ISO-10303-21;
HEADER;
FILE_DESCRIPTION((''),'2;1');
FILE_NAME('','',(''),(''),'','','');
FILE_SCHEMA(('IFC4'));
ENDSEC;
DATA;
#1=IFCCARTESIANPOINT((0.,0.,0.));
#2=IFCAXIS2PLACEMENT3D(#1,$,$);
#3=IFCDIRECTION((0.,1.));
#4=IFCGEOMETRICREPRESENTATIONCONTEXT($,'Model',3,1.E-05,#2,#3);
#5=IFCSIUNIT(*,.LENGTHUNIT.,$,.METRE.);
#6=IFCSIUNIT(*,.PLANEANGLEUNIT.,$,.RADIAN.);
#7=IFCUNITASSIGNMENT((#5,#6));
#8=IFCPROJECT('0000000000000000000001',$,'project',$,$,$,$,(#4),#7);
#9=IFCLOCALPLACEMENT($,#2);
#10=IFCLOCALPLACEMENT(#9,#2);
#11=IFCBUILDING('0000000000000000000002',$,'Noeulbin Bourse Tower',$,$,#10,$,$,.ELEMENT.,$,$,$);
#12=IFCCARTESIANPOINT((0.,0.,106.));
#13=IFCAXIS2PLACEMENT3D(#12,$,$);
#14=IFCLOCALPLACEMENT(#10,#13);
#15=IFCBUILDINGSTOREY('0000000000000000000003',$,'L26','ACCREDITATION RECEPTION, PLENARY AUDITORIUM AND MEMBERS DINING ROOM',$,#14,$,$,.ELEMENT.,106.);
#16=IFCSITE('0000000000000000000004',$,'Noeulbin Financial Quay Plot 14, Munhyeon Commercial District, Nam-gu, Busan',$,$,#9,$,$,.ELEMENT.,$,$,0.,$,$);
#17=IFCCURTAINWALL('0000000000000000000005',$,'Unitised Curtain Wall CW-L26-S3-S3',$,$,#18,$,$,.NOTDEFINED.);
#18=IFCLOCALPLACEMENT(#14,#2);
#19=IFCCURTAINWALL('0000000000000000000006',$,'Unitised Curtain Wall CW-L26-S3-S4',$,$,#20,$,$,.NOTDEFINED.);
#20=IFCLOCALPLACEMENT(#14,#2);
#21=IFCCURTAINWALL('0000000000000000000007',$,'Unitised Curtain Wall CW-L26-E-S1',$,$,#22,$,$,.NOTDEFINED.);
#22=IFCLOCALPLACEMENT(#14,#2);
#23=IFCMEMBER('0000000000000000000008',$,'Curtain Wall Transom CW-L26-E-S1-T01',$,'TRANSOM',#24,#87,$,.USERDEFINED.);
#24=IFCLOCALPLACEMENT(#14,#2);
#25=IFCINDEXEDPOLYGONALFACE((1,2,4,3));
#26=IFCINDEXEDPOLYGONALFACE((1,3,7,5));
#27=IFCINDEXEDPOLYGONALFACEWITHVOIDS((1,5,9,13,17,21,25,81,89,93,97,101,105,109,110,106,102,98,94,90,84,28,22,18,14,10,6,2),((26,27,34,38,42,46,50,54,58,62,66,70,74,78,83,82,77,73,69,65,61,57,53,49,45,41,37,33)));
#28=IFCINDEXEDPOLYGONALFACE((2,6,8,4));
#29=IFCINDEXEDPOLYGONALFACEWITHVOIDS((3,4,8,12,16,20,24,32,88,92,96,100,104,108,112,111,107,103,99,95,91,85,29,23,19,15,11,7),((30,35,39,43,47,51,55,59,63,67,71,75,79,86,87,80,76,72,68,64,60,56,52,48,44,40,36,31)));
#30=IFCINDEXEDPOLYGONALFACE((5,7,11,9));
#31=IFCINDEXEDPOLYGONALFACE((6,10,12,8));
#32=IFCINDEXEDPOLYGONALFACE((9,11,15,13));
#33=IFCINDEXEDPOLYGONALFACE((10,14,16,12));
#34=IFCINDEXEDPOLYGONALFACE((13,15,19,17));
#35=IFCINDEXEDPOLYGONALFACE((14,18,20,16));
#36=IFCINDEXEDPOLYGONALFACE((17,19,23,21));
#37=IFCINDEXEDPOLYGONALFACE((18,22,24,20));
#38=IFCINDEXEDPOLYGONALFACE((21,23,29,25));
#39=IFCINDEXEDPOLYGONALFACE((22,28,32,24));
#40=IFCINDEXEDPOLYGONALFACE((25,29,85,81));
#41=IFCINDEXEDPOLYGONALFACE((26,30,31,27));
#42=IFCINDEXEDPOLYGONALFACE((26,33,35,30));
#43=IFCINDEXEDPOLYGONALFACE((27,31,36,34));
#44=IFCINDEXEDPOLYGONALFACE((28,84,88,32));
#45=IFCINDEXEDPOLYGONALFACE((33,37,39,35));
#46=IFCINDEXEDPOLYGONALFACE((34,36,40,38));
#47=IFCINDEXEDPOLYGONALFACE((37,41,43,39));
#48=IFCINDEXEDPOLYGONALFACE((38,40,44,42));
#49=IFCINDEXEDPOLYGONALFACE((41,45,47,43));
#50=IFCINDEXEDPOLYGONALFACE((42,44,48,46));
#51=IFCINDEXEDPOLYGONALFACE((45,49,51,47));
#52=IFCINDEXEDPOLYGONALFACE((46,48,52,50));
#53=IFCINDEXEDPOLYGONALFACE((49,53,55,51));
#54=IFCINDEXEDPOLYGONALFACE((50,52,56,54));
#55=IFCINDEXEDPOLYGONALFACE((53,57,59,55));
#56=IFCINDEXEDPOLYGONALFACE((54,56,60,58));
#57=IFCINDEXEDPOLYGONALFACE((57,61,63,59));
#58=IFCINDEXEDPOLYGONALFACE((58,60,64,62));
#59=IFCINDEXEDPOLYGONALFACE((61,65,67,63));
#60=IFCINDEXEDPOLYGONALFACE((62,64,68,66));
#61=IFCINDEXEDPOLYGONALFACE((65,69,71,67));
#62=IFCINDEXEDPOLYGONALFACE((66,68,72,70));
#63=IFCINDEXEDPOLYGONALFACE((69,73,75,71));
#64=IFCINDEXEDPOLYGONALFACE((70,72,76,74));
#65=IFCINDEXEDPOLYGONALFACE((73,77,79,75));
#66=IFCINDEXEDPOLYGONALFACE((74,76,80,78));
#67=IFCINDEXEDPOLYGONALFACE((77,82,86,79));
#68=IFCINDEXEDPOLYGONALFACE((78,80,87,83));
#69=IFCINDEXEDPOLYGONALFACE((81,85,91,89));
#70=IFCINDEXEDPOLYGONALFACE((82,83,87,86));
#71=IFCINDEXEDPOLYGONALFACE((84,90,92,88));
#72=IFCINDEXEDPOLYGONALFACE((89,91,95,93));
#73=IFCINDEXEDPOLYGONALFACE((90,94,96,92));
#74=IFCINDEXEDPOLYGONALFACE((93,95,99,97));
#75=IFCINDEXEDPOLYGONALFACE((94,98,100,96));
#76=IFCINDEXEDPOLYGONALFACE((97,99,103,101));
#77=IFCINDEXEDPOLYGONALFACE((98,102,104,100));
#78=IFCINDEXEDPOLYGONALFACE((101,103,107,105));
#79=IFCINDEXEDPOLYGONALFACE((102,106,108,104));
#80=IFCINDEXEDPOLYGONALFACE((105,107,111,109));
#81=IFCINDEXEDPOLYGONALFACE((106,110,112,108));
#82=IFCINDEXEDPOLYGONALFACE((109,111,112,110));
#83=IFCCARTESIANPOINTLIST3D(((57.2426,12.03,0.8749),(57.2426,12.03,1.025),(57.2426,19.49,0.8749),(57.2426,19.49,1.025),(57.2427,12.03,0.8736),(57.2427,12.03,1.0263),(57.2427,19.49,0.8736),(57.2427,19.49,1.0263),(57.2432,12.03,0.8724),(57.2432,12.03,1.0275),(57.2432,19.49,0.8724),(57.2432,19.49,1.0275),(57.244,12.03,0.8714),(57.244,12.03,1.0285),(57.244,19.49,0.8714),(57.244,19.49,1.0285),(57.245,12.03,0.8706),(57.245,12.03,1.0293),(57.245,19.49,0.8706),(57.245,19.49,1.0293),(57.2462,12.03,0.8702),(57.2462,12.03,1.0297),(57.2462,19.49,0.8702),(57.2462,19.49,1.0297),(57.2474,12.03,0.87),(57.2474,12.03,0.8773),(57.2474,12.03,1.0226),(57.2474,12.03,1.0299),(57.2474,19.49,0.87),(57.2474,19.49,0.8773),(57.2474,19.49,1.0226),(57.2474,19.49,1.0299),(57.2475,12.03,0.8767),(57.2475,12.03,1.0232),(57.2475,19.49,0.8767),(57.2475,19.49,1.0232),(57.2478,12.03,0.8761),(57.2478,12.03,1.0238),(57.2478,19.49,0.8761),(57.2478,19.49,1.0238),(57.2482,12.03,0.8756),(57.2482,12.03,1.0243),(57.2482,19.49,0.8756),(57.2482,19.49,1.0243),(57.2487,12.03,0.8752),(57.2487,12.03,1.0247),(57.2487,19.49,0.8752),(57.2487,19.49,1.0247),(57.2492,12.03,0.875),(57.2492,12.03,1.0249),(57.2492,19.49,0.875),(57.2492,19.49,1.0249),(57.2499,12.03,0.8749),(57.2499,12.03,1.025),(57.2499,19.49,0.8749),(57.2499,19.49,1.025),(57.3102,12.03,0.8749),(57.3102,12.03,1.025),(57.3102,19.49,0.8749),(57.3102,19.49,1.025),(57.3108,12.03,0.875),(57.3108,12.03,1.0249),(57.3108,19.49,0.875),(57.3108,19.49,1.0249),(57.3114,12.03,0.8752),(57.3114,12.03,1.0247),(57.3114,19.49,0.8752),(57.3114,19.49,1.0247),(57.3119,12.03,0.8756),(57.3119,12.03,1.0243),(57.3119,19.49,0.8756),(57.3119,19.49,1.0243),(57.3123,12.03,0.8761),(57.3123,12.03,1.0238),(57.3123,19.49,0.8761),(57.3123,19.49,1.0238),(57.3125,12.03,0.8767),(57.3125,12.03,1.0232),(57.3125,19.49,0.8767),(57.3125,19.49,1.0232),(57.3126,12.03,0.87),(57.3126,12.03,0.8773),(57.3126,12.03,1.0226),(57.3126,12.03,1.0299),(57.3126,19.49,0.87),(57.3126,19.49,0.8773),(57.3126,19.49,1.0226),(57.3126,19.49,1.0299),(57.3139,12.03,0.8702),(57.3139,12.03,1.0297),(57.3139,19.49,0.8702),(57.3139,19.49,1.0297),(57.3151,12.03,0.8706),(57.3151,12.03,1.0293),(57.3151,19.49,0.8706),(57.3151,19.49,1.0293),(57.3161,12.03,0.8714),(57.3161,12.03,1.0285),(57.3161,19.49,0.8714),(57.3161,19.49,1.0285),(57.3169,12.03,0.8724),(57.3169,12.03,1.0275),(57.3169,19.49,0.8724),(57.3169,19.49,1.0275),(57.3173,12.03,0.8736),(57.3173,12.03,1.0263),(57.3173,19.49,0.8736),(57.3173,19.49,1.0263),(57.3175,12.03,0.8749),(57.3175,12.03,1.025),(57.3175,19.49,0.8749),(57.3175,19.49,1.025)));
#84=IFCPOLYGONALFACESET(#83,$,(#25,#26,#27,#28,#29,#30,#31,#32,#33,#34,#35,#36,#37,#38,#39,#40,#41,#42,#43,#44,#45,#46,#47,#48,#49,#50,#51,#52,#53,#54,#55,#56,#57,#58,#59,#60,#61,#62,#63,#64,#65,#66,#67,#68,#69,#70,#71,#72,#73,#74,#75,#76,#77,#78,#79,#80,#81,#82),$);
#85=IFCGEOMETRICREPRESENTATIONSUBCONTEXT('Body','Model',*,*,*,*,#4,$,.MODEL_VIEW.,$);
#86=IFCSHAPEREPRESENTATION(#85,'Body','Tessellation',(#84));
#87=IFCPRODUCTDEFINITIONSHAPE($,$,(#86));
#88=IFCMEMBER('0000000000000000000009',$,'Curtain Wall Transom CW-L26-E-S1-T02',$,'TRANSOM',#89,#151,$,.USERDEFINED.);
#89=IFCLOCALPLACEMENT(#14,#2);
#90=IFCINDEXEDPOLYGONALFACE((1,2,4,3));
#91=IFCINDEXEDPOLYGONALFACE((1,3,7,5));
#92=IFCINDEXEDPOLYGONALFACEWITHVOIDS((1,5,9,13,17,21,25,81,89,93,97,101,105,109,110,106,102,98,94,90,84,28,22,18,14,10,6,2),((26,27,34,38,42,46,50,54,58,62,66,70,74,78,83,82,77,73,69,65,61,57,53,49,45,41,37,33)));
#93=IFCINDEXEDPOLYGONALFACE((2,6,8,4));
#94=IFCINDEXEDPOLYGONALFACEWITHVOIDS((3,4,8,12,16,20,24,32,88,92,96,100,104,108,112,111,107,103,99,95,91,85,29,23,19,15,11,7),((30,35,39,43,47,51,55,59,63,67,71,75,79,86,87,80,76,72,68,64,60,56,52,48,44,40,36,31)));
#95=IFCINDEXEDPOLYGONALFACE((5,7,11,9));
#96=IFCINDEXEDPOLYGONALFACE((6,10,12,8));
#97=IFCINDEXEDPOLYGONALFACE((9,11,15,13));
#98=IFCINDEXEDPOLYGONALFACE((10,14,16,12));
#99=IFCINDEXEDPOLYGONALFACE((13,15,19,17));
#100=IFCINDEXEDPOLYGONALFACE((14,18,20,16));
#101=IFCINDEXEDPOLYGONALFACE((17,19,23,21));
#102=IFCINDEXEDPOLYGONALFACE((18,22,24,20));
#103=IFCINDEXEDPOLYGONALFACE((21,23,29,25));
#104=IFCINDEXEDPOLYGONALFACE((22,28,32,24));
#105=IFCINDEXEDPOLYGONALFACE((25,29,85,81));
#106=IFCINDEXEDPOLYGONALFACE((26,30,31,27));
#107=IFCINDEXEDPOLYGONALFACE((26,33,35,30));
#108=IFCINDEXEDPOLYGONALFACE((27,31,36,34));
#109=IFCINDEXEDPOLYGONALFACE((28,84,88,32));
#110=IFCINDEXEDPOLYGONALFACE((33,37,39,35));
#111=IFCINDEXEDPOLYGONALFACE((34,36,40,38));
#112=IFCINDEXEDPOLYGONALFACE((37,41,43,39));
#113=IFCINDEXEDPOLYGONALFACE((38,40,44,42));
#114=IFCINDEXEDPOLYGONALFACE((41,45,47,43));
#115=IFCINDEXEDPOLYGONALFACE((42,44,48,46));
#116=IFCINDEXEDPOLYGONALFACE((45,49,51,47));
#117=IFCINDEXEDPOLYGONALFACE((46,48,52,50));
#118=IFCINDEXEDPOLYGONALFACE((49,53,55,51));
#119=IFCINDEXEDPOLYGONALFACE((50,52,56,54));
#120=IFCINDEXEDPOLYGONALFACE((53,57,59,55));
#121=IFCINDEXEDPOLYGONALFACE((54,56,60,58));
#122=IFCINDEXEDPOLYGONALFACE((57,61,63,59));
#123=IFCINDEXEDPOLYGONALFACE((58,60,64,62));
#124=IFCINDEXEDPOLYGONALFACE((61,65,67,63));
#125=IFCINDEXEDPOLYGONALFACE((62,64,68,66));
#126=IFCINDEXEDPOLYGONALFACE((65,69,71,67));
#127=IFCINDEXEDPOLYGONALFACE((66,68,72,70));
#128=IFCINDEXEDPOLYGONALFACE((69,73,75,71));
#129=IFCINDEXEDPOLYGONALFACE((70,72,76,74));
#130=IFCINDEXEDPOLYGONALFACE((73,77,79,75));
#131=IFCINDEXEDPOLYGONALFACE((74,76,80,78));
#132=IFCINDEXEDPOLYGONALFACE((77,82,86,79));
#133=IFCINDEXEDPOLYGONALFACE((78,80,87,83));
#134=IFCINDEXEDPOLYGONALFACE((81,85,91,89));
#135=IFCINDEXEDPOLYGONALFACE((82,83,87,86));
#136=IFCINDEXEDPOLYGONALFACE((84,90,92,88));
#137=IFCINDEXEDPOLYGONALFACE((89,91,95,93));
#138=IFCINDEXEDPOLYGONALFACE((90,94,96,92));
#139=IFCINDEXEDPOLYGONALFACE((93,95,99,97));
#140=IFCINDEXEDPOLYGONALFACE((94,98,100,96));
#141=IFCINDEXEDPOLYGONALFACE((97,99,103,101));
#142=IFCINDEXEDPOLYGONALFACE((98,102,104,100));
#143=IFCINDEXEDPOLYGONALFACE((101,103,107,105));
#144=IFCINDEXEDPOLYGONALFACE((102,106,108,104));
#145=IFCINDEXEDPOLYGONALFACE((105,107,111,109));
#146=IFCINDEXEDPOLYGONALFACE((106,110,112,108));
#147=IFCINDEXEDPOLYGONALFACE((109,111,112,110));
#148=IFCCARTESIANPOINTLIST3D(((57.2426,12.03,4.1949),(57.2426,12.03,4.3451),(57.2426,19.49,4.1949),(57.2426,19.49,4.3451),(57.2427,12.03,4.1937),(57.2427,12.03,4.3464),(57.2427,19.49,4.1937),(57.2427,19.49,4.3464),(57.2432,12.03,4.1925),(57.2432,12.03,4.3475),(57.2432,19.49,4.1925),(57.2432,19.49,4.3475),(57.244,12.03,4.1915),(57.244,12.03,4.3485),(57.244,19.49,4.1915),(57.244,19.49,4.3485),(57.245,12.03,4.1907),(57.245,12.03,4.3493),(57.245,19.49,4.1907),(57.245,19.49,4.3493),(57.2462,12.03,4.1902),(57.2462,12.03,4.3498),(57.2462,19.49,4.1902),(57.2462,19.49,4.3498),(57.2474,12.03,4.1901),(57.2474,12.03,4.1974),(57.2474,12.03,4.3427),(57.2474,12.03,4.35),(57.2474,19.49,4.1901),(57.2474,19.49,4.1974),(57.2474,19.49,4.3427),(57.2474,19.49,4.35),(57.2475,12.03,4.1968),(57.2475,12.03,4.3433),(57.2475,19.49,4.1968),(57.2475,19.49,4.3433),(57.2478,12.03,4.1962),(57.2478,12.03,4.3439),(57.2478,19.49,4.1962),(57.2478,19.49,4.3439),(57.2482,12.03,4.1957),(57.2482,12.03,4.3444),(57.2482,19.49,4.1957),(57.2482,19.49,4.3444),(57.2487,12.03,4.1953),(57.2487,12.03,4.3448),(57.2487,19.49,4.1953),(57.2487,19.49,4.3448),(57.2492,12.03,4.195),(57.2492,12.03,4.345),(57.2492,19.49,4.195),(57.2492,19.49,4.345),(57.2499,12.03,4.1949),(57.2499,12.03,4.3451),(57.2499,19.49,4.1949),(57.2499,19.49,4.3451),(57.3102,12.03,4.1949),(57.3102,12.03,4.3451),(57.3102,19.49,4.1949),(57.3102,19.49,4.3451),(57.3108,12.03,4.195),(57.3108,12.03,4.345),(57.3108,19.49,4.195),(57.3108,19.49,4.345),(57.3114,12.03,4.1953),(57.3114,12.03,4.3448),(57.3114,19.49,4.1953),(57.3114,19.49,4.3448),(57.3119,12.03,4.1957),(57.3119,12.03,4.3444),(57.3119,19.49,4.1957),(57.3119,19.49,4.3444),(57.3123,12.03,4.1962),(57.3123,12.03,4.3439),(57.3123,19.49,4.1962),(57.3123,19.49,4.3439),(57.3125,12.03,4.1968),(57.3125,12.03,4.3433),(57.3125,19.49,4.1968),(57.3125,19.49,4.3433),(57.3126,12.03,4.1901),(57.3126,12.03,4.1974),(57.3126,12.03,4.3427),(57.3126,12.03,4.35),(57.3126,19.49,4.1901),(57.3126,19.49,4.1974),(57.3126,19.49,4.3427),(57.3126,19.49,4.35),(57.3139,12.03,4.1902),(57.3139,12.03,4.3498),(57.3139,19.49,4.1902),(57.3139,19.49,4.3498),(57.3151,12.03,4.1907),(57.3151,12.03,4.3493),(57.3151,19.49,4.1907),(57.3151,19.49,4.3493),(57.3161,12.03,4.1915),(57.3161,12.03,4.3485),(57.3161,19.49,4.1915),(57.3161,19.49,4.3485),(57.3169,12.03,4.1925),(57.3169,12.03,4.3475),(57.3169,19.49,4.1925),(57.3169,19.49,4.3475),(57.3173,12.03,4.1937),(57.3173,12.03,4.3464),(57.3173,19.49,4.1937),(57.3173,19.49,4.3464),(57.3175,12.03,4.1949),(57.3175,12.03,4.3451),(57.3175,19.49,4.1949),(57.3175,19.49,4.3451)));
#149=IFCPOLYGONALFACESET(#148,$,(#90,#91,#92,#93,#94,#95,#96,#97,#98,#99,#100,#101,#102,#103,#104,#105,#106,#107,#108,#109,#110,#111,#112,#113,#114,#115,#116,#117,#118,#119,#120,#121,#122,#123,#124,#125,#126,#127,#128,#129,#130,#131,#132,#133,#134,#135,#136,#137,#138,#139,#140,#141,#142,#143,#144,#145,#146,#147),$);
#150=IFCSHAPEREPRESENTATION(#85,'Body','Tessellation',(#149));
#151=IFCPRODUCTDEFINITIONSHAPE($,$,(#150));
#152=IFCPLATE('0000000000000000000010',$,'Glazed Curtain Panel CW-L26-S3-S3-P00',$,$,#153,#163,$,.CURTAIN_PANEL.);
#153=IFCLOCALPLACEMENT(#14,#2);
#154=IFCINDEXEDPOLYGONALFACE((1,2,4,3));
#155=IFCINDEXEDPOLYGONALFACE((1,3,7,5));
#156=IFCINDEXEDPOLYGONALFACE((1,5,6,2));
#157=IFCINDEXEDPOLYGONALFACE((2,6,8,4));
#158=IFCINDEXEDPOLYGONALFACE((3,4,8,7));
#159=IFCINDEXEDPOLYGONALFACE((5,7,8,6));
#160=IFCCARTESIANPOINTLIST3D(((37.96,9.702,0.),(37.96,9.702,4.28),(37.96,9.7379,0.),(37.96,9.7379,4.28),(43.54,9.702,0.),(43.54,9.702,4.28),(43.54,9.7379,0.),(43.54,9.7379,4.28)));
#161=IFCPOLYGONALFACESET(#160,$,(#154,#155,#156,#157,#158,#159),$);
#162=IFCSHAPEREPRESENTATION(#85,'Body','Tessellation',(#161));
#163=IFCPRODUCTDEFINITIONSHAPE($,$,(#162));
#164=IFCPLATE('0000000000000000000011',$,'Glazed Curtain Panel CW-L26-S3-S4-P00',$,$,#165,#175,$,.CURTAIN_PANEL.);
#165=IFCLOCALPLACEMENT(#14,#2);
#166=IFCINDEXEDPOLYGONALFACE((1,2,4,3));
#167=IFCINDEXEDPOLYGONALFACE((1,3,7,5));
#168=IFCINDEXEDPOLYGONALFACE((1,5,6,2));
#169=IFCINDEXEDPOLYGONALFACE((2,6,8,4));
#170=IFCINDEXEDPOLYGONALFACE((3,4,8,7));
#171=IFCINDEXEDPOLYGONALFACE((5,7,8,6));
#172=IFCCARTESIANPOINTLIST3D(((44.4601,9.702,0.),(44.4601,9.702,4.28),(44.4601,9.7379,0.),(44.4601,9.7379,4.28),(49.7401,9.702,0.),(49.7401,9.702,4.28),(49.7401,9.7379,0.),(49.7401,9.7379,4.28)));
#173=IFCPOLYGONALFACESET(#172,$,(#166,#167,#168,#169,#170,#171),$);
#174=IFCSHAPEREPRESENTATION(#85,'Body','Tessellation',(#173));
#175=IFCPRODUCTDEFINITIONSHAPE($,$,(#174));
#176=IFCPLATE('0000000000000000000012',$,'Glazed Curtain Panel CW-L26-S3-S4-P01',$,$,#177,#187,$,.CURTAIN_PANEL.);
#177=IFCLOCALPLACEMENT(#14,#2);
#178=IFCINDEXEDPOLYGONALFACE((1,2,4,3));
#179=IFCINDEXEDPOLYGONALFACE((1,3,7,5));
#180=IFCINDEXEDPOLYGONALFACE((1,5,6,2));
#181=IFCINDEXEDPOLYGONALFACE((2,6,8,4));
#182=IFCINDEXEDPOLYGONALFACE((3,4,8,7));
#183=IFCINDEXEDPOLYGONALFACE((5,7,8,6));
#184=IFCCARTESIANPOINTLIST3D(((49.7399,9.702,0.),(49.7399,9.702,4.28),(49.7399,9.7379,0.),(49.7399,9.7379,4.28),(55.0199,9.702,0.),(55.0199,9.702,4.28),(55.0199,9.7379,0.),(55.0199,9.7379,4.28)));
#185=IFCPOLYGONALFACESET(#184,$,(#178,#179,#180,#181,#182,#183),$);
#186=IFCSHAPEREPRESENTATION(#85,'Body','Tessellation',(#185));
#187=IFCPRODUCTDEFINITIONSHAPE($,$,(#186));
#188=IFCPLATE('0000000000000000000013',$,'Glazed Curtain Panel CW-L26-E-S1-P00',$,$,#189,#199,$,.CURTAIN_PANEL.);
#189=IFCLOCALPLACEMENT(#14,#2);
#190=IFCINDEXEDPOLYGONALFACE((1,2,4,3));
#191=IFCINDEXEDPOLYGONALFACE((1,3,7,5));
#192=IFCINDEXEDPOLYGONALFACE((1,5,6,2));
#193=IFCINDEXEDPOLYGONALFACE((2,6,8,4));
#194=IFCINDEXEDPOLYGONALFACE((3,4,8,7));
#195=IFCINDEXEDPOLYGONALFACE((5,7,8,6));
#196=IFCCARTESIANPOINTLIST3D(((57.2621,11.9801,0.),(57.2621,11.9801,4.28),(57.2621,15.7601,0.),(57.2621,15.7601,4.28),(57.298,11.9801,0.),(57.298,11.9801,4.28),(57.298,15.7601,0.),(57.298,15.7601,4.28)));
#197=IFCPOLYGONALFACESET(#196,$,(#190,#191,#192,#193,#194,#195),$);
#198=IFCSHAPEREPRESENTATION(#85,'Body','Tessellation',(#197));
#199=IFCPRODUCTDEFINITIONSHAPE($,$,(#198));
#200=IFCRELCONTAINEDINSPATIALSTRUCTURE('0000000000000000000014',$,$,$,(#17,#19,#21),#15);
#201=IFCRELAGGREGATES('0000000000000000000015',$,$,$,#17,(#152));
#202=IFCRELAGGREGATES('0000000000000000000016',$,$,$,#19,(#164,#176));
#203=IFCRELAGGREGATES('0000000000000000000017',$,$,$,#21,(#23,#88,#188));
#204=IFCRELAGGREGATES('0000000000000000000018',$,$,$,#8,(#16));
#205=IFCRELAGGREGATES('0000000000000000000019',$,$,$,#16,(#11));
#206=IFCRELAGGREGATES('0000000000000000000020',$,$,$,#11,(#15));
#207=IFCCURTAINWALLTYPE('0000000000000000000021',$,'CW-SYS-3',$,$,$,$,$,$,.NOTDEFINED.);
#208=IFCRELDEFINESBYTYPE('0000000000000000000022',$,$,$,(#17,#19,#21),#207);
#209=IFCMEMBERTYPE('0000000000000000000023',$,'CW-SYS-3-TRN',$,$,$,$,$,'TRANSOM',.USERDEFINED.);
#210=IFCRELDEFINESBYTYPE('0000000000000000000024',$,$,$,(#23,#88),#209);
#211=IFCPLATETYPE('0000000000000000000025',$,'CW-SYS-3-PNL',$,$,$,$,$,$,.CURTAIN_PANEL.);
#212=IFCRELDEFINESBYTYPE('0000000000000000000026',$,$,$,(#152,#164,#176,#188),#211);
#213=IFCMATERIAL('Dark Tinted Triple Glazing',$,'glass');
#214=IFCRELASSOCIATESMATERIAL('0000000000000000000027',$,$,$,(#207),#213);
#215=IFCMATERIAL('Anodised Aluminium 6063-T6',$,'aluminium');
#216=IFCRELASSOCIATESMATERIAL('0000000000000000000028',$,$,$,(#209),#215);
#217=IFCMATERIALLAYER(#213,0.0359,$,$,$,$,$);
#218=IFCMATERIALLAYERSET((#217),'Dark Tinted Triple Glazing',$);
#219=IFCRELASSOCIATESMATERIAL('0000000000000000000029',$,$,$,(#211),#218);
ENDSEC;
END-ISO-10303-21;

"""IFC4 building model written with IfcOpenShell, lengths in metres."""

from ifc_helpers import new_model, si_unit, direction, frame, origin, origin_2d, place, context, subcontext, project, spatial, rectangle, hollow_rectangle, extrude, material, layer, layer_set, material_profile, profile_set, type_object, element, aggregate, save


model = new_model("IFC4")

# Units and contexts
model_context = context("Model", 3, precision=1e-05, world=origin(), true_north=direction((0.0, 1.0)))
body_context = subcontext(model_context, "Body", "Model", "MODEL_VIEW")
ifc_project = project(units=[si_unit("LENGTHUNIT", "METRE"), si_unit("PLANEANGLEUNIT", "RADIAN")], contexts=[model_context])

# Site, building, storey
site_placement = place(None, origin())
site = spatial("IfcSite", under=ifc_project, at=site_placement, Name="Noeulbin Financial Quay Plot 14, Munhyeon Commercial District, Nam-gu, Busan", CompositionType="ELEMENT", RefElevation=0.0)
building_placement = place(site_placement, origin())
building = spatial("IfcBuilding", under=site, at=building_placement, Name="Noeulbin Bourse Tower", CompositionType="ELEMENT")
storey_placement = place(building_placement, frame((0.0, 0.0, 106.0)))
storey = spatial("IfcBuildingStorey", under=building, at=storey_placement, Name="L26", Description="ACCREDITATION RECEPTION, PLENARY AUDITORIUM AND MEMBERS DINING ROOM", CompositionType="ELEMENT", Elevation=106.0)

# Curtain wall
ifc_material_1 = material(Name="Dark Tinted Triple Glazing", Category="glass")
curtain_wall_type = type_object("IfcCurtainWallType", Name="CW-SYS-3", PredefinedType="NOTDEFINED", material=ifc_material_1)
curtain_wall_1_placement = place(storey_placement, origin())
curtain_wall_1 = element("IfcCurtainWall", 1, at=curtain_wall_1_placement, inside=storey, type_object=curtain_wall_type, Name="Unitised Curtain Wall CW-L26-S3-S3", PredefinedType="NOTDEFINED")
ifc_material_2 = material(Name="Anodised Aluminium 6063-T6", Category="aluminium")

# Curtain walls
curtain_wall_2_placement = place(storey_placement, origin())
curtain_wall_2 = element("IfcCurtainWall", 2, at=curtain_wall_2_placement, inside=storey, type_object=curtain_wall_type, Name="Unitised Curtain Wall CW-L26-S3-S4", PredefinedType="NOTDEFINED")
curtain_wall_3_placement = place(storey_placement, origin())
curtain_wall_3 = element("IfcCurtainWall", 3, at=curtain_wall_3_placement, inside=storey, type_object=curtain_wall_type, Name="Unitised Curtain Wall CW-L26-E-S1", PredefinedType="NOTDEFINED")

# Members
ifc_material_profile_1 = material_profile(ifc_material_2, hollow_rectangle(XDim=0.075, YDim=0.1599, WallThickness=0.0049, InnerFilletRadius=0.0024, OuterFilletRadius=0.0049, at=origin_2d()), Name="ALU-TRAN-75x160x5", Category="LoadBearing")
ifc_profile_set_1 = profile_set([ifc_material_profile_1], Name="Anodised Aluminium 6063-T6")
member_type_1 = type_object("IfcMemberType", Name="CW-SYS-3-TRN", ElementType="TRANSOM", PredefinedType="USERDEFINED", material=ifc_profile_set_1)
member_1_placement = place(storey_placement, frame((57.28, 12.03, 0.95), z_axis=(0.0, 1.0, 0.0), x_axis=(-1.0, 0.0, 0.0)))
member_1 = element("IfcMember", 4, at=member_1_placement, type_object=member_type_1, Name="Curtain Wall Transom CW-L26-E-S1-T01", ObjectType="TRANSOM", PredefinedType="USERDEFINED", context=body_context, shape_type="SweptSolid", body=[
    extrude(hollow_rectangle(XDim=0.075, YDim=0.1599, WallThickness=0.0049, InnerFilletRadius=0.0024, OuterFilletRadius=0.0049, at=origin_2d()), origin(), (0.0, 0.0, 1.0), 7.46),
])
member_2_placement = place(storey_placement, frame((57.28, 12.03, 4.27), z_axis=(0.0, 1.0, 0.0), x_axis=(-1.0, 0.0, 0.0)))
member_2 = element("IfcMember", 5, at=member_2_placement, type_object=member_type_1, Name="Curtain Wall Transom CW-L26-E-S1-T02", ObjectType="TRANSOM", PredefinedType="USERDEFINED", context=body_context, shape_type="SweptSolid", body=[
    extrude(hollow_rectangle(XDim=0.075, YDim=0.1599, WallThickness=0.0049, InnerFilletRadius=0.0024, OuterFilletRadius=0.0049, at=origin_2d()), origin(), (0.0, 0.0, 1.0), 7.46),
])

# Plates
ifc_layer_1 = layer(ifc_material_1, 0.0359)
ifc_layer_set_1 = layer_set([ifc_layer_1], Name="Dark Tinted Triple Glazing")
plate_type_1 = type_object("IfcPlateType", Name="CW-SYS-3-PNL", PredefinedType="CURTAIN_PANEL", material=ifc_layer_set_1)
plate_1_placement = place(storey_placement, frame((40.75, 9.72, 0.0), z_axis=(0.0, 0.0, 1.0), x_axis=(1.0, 0.0, 0.0)))
plate_1 = element("IfcPlate", 6, at=plate_1_placement, type_object=plate_type_1, Name="Glazed Curtain Panel CW-L26-S3-S3-P00", PredefinedType="CURTAIN_PANEL", context=body_context, shape_type="SweptSolid", body=[
    extrude(rectangle(XDim=5.5801, YDim=0.0359, at=origin_2d()), origin(), (0.0, 0.0, 1.0), 4.28),
])
aggregate(curtain_wall_1, [plate_1])
plate_2_placement = place(storey_placement, frame((47.1001, 9.72, 0.0), z_axis=(0.0, 0.0, 1.0), x_axis=(1.0, 0.0, 0.0)))
plate_2 = element("IfcPlate", 7, at=plate_2_placement, type_object=plate_type_1, Name="Glazed Curtain Panel CW-L26-S3-S4-P00", PredefinedType="CURTAIN_PANEL", context=body_context, shape_type="SweptSolid", body=[
    extrude(rectangle(XDim=5.28, YDim=0.0359, at=origin_2d()), origin(), (0.0, 0.0, 1.0), 4.28),
])
plate_3_placement = place(storey_placement, frame((52.3799, 9.72, 0.0), z_axis=(0.0, 0.0, 1.0), x_axis=(1.0, 0.0, 0.0)))
plate_3 = element("IfcPlate", 8, at=plate_3_placement, type_object=plate_type_1, Name="Glazed Curtain Panel CW-L26-S3-S4-P01", PredefinedType="CURTAIN_PANEL", context=body_context, shape_type="SweptSolid", body=[
    extrude(rectangle(XDim=5.28, YDim=0.0359, at=origin_2d()), origin(), (0.0, 0.0, 1.0), 4.28),
])
aggregate(curtain_wall_2, [plate_2, plate_3])
plate_4_placement = place(storey_placement, frame((57.28, 13.8701, 0.0), z_axis=(0.0, 0.0, 1.0), x_axis=(0.0, 1.0, 0.0)))
plate_4 = element("IfcPlate", 9, at=plate_4_placement, type_object=plate_type_1, Name="Glazed Curtain Panel CW-L26-E-S1-P00", PredefinedType="CURTAIN_PANEL", context=body_context, shape_type="SweptSolid", body=[
    extrude(rectangle(XDim=3.78, YDim=0.0359, at=origin_2d()), origin(), (0.0, 0.0, 1.0), 4.28),
])
aggregate(curtain_wall_3, [member_1, member_2, plate_4])

save(model, "model.ifc")
